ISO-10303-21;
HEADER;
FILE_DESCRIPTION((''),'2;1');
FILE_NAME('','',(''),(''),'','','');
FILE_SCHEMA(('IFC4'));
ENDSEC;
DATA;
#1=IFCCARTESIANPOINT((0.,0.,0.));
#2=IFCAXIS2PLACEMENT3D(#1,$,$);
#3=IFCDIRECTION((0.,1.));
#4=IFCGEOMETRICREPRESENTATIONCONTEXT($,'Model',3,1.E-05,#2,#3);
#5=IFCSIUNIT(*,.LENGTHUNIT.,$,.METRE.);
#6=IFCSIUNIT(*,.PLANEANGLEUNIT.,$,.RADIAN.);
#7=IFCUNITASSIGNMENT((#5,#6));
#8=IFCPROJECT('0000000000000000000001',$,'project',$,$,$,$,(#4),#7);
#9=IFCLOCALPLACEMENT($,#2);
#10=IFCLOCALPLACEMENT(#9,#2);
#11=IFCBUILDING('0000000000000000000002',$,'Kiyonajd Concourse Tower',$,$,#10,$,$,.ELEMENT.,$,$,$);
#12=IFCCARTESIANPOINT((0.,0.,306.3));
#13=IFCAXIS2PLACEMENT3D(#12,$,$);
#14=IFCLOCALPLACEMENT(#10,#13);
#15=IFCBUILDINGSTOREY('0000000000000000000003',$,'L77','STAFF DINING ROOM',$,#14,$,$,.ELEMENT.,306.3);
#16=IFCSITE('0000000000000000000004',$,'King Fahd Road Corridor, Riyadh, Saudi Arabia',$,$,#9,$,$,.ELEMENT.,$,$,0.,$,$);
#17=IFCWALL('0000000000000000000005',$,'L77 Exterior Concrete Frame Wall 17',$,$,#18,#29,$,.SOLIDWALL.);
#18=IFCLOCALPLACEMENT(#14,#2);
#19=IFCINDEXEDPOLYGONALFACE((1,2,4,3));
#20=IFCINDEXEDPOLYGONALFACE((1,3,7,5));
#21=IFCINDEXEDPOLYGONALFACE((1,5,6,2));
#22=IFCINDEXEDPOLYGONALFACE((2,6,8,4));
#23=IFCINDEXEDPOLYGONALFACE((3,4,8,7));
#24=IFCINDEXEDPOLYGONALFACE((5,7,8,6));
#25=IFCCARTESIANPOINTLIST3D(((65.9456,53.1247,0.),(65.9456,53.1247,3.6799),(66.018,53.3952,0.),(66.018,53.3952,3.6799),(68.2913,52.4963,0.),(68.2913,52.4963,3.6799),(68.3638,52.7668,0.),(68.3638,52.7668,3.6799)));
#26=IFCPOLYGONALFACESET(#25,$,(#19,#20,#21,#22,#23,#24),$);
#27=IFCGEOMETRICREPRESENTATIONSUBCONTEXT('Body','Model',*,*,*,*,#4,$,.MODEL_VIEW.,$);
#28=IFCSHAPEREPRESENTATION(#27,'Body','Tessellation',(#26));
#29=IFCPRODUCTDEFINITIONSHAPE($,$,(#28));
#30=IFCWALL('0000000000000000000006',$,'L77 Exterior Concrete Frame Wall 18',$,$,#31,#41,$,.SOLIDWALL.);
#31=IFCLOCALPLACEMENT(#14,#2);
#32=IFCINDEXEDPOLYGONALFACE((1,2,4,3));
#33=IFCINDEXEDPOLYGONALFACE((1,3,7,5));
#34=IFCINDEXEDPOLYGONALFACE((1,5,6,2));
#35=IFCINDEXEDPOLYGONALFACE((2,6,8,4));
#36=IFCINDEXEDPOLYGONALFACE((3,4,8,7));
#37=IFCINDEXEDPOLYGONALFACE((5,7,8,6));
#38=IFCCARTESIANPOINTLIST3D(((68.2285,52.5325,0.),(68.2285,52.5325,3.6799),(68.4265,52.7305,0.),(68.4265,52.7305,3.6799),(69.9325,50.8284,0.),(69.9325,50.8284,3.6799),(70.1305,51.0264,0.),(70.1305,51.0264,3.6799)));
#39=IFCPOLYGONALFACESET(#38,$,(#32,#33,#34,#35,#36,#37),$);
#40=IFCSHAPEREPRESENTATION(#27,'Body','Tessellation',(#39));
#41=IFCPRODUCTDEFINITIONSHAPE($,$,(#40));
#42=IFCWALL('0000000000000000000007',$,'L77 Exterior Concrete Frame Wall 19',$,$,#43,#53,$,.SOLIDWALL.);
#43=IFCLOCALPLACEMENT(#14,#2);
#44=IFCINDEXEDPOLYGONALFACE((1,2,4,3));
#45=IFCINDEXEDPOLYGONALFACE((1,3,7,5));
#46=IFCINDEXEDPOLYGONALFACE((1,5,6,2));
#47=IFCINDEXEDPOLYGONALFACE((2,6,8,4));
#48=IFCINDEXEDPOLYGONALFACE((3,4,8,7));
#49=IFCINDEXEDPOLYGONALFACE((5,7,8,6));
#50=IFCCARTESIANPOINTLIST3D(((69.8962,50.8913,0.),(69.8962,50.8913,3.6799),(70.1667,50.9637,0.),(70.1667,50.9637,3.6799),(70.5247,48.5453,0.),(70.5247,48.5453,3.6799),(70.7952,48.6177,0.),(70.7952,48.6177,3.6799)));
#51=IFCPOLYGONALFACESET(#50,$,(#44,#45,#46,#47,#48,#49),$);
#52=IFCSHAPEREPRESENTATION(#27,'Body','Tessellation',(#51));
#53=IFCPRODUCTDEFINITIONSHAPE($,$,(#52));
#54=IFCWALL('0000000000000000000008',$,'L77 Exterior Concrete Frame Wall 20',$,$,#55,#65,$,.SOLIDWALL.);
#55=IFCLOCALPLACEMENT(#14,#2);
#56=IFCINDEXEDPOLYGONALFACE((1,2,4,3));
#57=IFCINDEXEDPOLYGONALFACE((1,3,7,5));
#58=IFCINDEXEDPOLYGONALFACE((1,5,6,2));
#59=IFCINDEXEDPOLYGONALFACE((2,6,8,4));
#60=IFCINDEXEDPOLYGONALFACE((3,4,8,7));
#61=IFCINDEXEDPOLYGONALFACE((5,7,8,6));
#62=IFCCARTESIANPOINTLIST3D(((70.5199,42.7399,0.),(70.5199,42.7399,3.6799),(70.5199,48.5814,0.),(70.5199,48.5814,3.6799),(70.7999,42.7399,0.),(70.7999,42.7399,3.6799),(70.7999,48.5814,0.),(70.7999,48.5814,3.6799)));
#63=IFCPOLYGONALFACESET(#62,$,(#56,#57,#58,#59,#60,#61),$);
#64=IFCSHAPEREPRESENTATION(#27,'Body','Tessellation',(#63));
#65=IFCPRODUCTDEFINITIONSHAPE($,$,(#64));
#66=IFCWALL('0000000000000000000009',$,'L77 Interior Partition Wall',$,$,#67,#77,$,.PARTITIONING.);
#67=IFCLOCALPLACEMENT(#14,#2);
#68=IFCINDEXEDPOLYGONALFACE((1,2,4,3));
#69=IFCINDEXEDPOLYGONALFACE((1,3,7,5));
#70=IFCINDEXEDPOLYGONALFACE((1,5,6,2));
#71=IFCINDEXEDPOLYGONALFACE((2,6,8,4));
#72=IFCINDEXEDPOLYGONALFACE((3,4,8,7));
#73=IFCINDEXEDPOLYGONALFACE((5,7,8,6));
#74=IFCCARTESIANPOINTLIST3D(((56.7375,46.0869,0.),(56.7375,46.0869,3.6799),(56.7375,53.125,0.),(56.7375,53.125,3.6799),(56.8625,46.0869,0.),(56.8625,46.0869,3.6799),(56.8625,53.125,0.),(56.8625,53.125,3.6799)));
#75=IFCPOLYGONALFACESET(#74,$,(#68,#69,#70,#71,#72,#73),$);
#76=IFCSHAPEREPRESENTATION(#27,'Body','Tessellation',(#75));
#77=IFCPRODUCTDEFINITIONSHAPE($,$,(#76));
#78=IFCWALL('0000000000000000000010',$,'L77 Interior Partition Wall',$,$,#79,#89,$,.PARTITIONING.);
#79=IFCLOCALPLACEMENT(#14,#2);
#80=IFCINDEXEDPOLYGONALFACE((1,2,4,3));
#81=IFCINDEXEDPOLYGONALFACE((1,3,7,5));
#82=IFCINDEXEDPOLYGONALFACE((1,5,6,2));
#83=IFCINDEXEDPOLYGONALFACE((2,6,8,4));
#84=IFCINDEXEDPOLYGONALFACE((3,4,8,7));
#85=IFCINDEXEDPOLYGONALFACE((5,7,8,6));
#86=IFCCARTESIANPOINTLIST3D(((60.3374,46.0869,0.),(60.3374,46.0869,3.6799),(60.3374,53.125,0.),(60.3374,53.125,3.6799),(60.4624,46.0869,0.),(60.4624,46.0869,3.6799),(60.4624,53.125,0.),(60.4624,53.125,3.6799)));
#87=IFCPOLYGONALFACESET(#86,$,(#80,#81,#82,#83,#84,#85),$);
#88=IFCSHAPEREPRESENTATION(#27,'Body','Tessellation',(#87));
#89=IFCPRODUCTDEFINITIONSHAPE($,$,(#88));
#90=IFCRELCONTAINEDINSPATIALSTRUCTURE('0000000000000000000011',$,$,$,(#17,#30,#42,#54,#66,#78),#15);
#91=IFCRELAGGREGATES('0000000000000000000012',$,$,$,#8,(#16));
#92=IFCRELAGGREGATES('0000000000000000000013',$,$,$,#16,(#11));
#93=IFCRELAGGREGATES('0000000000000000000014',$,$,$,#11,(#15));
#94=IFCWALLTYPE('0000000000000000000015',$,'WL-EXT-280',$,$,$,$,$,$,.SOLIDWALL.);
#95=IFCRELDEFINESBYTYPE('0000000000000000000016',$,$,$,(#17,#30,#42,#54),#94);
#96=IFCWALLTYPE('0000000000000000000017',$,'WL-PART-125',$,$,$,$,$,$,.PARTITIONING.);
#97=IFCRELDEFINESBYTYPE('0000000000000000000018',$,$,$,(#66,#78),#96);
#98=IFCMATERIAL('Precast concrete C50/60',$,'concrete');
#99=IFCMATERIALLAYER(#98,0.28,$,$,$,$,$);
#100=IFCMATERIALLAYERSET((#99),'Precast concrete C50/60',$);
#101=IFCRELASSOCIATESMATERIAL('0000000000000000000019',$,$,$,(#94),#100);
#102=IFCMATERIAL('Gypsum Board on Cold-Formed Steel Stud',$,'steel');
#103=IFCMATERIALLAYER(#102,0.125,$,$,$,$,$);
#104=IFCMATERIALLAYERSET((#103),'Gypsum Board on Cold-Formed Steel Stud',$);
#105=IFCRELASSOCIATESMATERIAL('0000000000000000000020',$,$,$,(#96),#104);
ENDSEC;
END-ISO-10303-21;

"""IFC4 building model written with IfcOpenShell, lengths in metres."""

from ifc_helpers import new_model, si_unit, direction, frame, frame_2d, origin, place, context, subcontext, project, spatial, rectangle, extrude, material, layer, layer_set, type_object, element, save


model = new_model("IFC4")

# Units and contexts
model_context = context("Model", 3, precision=1e-05, world=origin(), true_north=direction((0.0, 1.0)))
body_context = subcontext(model_context, "Body", "Model", "MODEL_VIEW")
ifc_project = project(units=[si_unit("LENGTHUNIT", "METRE"), si_unit("PLANEANGLEUNIT", "RADIAN")], contexts=[model_context])

# Site, building, storey
site_placement = place(None, origin())
site = spatial("IfcSite", under=ifc_project, at=site_placement, Name="King Fahd Road Corridor, Riyadh, Saudi Arabia", CompositionType="ELEMENT", RefElevation=0.0)
building_placement = place(site_placement, origin())
building = spatial("IfcBuilding", under=site, at=building_placement, Name="Kiyonajd Concourse Tower", CompositionType="ELEMENT")
storey_placement = place(building_placement, frame((0.0, 0.0, 306.3)))
storey = spatial("IfcBuildingStorey", under=building, at=storey_placement, Name="L77", Description="STAFF DINING ROOM", CompositionType="ELEMENT", Elevation=306.3)

# Walls
ifc_material_1 = material(Name="Precast concrete C50/60", Category="concrete")
ifc_layer_1 = layer(ifc_material_1, 0.28)
ifc_layer_set_1 = layer_set([ifc_layer_1], Name="Precast concrete C50/60")
wall_type_1 = type_object("IfcWallType", Name="WL-EXT-280", PredefinedType="SOLIDWALL", material=ifc_layer_set_1)
wall_1_placement = place(storey_placement, frame((65.9817, 53.26, 0.0), z_axis=(0.0, 0.0, 1.0), x_axis=(0.965937, -0.258776, 0.0)))
element("IfcWall", 1, at=wall_1_placement, inside=storey, type_object=wall_type_1, Name="L77 Exterior Concrete Frame Wall 17", PredefinedType="SOLIDWALL", context=body_context, shape_type="SweptSolid", body=[
    extrude(rectangle(XDim=2.4285, YDim=0.28, at=frame_2d((1.2144, 0.0))), origin(), (0.0, 0.0, 1.0), 3.6799),
])
wall_2_placement = place(storey_placement, frame((68.3274, 52.6316, 0.0), z_axis=(0.0, 0.0, 1.0), x_axis=(0.707107, -0.707107, 0.0)))
element("IfcWall", 2, at=wall_2_placement, inside=storey, type_object=wall_type_1, Name="L77 Exterior Concrete Frame Wall 18", PredefinedType="SOLIDWALL", context=body_context, shape_type="SweptSolid", body=[
    extrude(rectangle(XDim=2.4099, YDim=0.28, at=frame_2d((1.2051, 0.0))), origin(), (0.0, 0.0, 1.0), 3.6799),
])
wall_3_placement = place(storey_placement, frame((70.0315, 50.9275, 0.0), z_axis=(0.0, 0.0, 1.0), x_axis=(0.258751, -0.965944, 0.0)))
element("IfcWall", 3, at=wall_3_placement, inside=storey, type_object=wall_type_1, Name="L77 Exterior Concrete Frame Wall 19", PredefinedType="SOLIDWALL", context=body_context, shape_type="SweptSolid", body=[
    extrude(rectangle(XDim=2.4287, YDim=0.28, at=frame_2d((1.2144, 0.0))), origin(), (0.0, 0.0, 1.0), 3.6799),
])
wall_4_placement = place(storey_placement, frame((70.6599, 48.5815, 0.0), z_axis=(0.0, 0.0, 1.0), x_axis=(0.0, -1.0, 0.0)))
element("IfcWall", 4, at=wall_4_placement, inside=storey, type_object=wall_type_1, Name="L77 Exterior Concrete Frame Wall 20", PredefinedType="SOLIDWALL", context=body_context, shape_type="SweptSolid", body=[
    extrude(rectangle(XDim=5.8416, YDim=0.28, at=frame_2d((2.9209, 0.0))), origin(), (0.0, 0.0, 1.0), 3.6799),
])
ifc_material_2 = material(Name="Gypsum Board on Cold-Formed Steel Stud", Category="steel")
ifc_layer_2 = layer(ifc_material_2, 0.125)
ifc_layer_set_2 = layer_set([ifc_layer_2], Name="Gypsum Board on Cold-Formed Steel Stud")
wall_type_2 = type_object("IfcWallType", Name="WL-PART-125", PredefinedType="PARTITIONING", material=ifc_layer_set_2)
for number, where, z_axis, x_axis, name in (
    (5, (56.8, 46.0869, 0.0), (0.0, 0.0, 1.0), (0.0, 1.0, 0.0), "L77 Interior Partition Wall"),
    (6, (60.3999, 46.0869, 0.0), (0.0, 0.0, 1.0), (0.0, 1.0, 0.0), "L77 Interior Partition Wall"),
):
    element("IfcWall", number, at=place(storey_placement, frame(where, z_axis=z_axis, x_axis=x_axis)), inside=storey, type_object=wall_type_2, Name=name, PredefinedType="PARTITIONING", context=body_context, shape_type="SweptSolid", body=[
        extrude(rectangle(XDim=7.0381, YDim=0.125, at=frame_2d((3.519, 0.0))), origin(), (0.0, 0.0, 1.0), 3.6799),
    ])

save(model, "model.ifc")
